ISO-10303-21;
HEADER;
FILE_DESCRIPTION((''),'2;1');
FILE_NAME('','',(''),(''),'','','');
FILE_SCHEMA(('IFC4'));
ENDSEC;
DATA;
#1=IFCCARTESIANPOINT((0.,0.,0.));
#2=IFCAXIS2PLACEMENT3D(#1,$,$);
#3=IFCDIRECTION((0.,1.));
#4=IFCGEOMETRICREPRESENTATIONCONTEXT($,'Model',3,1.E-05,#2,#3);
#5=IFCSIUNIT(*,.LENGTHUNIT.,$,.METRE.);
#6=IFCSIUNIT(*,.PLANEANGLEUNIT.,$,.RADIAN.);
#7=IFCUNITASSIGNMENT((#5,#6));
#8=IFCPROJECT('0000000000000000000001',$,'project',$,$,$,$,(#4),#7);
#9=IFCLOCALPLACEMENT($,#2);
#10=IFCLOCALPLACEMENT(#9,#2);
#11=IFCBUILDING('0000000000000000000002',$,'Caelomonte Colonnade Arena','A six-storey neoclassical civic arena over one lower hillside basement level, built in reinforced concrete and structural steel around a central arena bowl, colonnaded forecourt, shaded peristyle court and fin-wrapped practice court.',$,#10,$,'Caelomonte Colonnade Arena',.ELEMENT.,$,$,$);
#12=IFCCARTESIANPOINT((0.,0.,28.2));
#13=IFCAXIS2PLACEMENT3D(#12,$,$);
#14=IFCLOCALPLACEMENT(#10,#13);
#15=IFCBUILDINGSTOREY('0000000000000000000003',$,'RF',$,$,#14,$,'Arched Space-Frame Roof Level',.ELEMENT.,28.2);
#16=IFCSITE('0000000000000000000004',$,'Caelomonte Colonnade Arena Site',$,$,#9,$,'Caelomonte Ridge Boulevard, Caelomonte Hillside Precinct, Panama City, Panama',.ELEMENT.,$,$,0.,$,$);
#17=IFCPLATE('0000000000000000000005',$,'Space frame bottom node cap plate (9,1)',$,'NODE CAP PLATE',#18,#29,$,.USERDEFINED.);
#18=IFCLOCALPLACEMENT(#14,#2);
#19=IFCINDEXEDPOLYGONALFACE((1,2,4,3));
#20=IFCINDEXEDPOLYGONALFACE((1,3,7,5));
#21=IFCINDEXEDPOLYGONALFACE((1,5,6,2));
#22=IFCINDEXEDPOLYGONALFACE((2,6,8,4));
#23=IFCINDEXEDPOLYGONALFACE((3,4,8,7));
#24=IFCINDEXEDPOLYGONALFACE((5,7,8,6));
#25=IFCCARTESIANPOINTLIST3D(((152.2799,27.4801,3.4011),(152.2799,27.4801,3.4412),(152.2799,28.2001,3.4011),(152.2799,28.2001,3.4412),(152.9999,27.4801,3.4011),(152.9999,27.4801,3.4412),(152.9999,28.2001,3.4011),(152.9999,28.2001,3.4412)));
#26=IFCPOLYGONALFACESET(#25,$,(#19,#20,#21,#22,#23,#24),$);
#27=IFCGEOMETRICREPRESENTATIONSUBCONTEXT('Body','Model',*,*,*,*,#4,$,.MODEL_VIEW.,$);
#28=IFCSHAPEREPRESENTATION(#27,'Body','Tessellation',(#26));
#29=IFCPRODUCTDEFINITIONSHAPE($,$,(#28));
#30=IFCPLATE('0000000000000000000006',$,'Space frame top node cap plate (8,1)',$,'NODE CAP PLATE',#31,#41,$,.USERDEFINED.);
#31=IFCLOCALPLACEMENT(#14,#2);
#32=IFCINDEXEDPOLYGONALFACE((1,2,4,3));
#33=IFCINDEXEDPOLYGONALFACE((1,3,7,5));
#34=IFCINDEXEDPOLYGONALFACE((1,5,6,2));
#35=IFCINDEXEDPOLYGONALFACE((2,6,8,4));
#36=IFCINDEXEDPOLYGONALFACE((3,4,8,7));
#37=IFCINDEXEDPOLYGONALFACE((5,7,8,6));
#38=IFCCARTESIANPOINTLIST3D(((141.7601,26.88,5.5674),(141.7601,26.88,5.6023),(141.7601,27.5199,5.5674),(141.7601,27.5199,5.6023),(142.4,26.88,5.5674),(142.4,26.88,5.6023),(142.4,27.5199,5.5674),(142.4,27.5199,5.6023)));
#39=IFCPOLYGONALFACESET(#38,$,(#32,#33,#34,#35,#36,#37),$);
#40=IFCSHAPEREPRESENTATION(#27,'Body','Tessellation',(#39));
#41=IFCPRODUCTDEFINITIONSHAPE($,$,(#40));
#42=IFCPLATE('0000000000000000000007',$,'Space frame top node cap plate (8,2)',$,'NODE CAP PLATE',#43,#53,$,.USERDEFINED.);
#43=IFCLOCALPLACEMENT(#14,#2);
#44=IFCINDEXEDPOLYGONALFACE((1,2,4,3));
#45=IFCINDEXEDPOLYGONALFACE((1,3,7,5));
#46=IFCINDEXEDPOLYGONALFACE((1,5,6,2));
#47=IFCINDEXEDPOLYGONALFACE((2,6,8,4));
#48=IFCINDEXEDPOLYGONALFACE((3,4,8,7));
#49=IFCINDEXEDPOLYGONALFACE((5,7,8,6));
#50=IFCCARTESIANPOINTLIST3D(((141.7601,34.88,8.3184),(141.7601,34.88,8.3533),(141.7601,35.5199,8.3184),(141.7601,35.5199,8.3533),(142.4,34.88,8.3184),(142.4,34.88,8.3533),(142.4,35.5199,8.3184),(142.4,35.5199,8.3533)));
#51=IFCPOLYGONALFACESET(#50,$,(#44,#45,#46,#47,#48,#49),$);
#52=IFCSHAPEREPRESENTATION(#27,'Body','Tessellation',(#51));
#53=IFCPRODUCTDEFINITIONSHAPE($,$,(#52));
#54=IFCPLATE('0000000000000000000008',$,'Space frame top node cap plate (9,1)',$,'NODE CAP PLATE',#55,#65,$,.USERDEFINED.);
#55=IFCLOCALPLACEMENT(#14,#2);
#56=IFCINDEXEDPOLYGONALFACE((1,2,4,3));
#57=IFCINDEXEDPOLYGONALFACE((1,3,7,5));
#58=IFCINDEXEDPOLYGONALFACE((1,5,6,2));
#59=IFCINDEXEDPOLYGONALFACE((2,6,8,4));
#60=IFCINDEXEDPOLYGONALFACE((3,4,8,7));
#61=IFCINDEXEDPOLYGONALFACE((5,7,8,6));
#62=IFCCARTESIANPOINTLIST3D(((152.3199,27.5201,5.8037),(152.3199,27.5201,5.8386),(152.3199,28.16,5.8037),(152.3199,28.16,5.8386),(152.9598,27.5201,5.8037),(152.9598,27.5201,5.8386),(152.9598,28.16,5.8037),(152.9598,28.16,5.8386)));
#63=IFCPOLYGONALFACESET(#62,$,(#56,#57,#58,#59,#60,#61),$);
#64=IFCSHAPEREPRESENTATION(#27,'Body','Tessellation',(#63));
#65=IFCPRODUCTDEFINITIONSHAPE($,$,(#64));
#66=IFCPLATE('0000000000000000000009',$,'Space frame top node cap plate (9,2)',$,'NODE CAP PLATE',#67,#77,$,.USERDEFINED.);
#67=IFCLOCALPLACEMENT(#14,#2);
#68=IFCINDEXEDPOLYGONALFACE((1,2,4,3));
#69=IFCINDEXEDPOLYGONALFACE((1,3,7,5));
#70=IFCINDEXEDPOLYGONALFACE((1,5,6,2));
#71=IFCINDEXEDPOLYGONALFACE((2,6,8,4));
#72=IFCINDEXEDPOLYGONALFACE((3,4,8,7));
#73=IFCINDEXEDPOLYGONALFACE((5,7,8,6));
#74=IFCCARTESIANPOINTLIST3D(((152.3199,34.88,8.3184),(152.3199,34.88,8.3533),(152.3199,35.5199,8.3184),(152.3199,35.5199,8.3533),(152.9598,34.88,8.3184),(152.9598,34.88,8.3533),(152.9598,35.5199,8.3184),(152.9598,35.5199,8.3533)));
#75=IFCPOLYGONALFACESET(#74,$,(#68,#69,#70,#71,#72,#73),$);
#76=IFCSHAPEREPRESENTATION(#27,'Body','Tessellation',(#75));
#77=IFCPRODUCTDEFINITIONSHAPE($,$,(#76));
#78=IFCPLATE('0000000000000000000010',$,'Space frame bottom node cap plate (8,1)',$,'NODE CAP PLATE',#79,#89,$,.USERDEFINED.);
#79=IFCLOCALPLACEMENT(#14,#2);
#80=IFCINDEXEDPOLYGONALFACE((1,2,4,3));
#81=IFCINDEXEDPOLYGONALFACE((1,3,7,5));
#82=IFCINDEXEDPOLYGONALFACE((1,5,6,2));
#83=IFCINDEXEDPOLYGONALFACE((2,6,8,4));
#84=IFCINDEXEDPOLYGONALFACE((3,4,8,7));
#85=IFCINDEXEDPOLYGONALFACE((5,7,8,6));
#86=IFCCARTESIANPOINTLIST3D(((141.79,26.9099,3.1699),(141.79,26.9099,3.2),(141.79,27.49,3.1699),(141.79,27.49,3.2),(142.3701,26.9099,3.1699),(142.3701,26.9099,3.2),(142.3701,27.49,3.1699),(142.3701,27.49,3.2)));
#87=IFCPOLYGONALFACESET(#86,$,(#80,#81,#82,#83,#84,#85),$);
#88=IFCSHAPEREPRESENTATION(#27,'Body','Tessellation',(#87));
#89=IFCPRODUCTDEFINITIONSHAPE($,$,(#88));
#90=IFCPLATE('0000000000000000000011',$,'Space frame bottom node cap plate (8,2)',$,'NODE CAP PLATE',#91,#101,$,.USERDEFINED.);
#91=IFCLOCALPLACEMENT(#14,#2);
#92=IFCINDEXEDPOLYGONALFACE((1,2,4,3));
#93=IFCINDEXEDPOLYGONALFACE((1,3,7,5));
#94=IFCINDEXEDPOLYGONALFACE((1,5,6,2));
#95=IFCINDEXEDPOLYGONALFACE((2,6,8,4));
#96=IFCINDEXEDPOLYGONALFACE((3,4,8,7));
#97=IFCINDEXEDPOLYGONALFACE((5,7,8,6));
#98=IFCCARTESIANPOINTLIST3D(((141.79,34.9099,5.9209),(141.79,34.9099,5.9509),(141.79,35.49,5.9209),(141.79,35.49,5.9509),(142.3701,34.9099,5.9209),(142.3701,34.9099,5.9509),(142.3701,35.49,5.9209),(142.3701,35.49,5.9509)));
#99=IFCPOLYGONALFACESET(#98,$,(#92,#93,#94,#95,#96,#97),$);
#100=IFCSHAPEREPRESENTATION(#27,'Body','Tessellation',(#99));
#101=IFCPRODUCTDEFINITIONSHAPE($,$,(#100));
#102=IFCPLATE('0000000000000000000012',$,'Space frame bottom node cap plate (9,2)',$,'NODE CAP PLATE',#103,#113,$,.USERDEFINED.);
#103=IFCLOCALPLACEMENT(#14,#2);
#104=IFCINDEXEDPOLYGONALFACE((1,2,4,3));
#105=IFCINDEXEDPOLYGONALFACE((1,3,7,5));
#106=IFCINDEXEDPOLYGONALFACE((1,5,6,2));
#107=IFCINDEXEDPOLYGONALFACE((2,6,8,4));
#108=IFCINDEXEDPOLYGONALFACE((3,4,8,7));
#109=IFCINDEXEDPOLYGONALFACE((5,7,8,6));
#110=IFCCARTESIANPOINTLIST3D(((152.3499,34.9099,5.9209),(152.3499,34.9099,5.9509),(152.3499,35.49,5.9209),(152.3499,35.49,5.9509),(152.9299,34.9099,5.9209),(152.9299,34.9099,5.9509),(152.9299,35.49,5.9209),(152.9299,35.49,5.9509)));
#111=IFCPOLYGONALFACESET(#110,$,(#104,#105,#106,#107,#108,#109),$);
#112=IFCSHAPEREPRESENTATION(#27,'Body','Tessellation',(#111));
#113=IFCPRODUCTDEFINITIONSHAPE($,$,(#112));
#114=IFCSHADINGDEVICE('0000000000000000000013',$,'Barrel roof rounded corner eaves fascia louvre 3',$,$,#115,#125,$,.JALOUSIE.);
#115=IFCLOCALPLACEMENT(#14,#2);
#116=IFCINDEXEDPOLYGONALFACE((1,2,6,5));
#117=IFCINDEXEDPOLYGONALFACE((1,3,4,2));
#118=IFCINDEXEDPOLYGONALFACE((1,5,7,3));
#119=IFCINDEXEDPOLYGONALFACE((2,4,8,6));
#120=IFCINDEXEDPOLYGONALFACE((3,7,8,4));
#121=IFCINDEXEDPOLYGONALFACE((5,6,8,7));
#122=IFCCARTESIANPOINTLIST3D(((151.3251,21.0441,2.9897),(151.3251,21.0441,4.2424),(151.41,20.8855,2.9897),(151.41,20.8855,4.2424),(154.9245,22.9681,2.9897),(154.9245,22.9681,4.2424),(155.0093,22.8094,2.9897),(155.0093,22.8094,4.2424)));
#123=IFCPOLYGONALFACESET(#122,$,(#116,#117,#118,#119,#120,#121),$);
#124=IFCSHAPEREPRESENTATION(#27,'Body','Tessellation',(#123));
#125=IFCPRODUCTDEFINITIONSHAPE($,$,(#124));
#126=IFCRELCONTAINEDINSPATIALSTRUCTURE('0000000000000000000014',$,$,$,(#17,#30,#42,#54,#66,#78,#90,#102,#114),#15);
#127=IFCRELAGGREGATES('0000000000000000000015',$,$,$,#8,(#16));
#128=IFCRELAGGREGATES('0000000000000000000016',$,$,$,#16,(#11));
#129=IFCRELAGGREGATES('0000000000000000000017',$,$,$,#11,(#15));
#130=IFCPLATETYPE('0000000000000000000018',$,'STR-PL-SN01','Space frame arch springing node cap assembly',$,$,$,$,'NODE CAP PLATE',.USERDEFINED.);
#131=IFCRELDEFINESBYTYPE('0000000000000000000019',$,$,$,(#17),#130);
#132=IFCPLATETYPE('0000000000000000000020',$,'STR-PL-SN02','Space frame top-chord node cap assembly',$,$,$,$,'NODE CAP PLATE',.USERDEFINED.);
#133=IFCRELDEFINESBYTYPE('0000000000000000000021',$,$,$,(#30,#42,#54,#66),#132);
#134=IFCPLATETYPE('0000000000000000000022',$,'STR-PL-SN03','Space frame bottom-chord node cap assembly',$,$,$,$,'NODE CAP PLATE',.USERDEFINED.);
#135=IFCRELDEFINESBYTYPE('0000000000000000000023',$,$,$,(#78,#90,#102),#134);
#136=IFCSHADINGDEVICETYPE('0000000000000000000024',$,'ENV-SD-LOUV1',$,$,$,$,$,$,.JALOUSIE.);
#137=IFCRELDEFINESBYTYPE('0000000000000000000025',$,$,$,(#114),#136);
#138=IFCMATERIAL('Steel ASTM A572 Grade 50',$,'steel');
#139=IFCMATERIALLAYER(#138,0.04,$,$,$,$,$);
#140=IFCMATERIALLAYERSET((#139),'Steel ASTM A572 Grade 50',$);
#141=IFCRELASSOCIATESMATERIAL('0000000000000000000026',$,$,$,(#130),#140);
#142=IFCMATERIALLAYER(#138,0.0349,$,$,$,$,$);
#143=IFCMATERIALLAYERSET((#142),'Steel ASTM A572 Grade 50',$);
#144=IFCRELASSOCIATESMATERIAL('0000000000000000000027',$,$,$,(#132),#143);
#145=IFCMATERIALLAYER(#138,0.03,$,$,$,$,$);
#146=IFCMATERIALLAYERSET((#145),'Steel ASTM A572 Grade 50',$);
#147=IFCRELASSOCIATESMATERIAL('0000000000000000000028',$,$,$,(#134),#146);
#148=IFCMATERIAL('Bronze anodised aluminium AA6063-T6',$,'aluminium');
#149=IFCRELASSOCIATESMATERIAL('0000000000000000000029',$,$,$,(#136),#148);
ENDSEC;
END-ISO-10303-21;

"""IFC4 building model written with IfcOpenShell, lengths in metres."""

from ifc_helpers import new_model, si_unit, direction, frame, origin, origin_2d, place, context, subcontext, project, spatial, rectangle, extrude, material, layer, layer_set, type_object, element, save


model = new_model("IFC4")

# Units and contexts
model_context = context("Model", 3, precision=1e-05, world=origin(), true_north=direction((0.0, 1.0)))
body_context = subcontext(model_context, "Body", "Model", "MODEL_VIEW")
ifc_project = project(units=[si_unit("LENGTHUNIT", "METRE"), si_unit("PLANEANGLEUNIT", "RADIAN")], contexts=[model_context])

# Site, building, storey
site_placement = place(None, origin())
site = spatial("IfcSite", under=ifc_project, at=site_placement, Name="Caelomonte Colonnade Arena Site", LongName="Caelomonte Ridge Boulevard, Caelomonte Hillside Precinct, Panama City, Panama", CompositionType="ELEMENT", RefElevation=0.0)
building_placement = place(site_placement, origin())
building = spatial("IfcBuilding", under=site, at=building_placement, Name="Caelomonte Colonnade Arena", Description="A six-storey neoclassical civic arena over one lower hillside basement level, built in reinforced concrete and structural steel around a central arena bowl, colonnaded forecourt, shaded peristyle court and fin-wrapped practice court.", LongName="Caelomonte Colonnade Arena", CompositionType="ELEMENT")
storey_placement = place(building_placement, frame((0.0, 0.0, 28.2)))
storey = spatial("IfcBuildingStorey", under=building, at=storey_placement, Name="RF", LongName="Arched Space-Frame Roof Level", CompositionType="ELEMENT", Elevation=28.2)

# Shared definitions
ifc_material_1 = material(Name="Bronze anodised aluminium AA6063-T6", Category="aluminium")

# Plates
ifc_material_2 = material(Name="Steel ASTM A572 Grade 50", Category="steel")
ifc_layer_1 = layer(ifc_material_2, 0.04)
ifc_layer_set_1 = layer_set([ifc_layer_1], Name="Steel ASTM A572 Grade 50")
plate_type_1 = type_object("IfcPlateType", Name="STR-PL-SN01", Description="Space frame arch springing node cap assembly", ElementType="NODE CAP PLATE", PredefinedType="USERDEFINED", material=ifc_layer_set_1)
plate_1_placement = place(storey_placement, frame((152.6399, 27.8401, 3.4011), z_axis=(0.0, 0.0, 1.0), x_axis=(1.0, 0.0, 0.0)))
element("IfcPlate", 1, at=plate_1_placement, inside=storey, type_object=plate_type_1, Name="Space frame bottom node cap plate (9,1)", ObjectType="NODE CAP PLATE", PredefinedType="USERDEFINED", context=body_context, shape_type="SweptSolid", body=[
    extrude(rectangle(XDim=0.72, YDim=0.72, at=origin_2d()), origin(), (0.0, 0.0, 1.0), 0.04),
])
ifc_layer_2 = layer(ifc_material_2, 0.0349)
ifc_layer_set_2 = layer_set([ifc_layer_2], Name="Steel ASTM A572 Grade 50")
plate_type_2 = type_object("IfcPlateType", Name="STR-PL-SN02", Description="Space frame top-chord node cap assembly", ElementType="NODE CAP PLATE", PredefinedType="USERDEFINED", material=ifc_layer_set_2)
for number, where, z_axis, x_axis, name in (
    (2, (142.0801, 27.2, 5.5674), (0.0, 0.0, 1.0), (1.0, 0.0, 0.0), "Space frame top node cap plate (8,1)"),
    (3, (142.0801, 35.2, 8.3184), (0.0, 0.0, 1.0), (1.0, 0.0, 0.0), "Space frame top node cap plate (8,2)"),
    (4, (152.6399, 27.8401, 5.8037), (0.0, 0.0, 1.0), (1.0, 0.0, 0.0), "Space frame top node cap plate (9,1)"),
    (5, (152.6399, 35.2, 8.3184), (0.0, 0.0, 1.0), (1.0, 0.0, 0.0), "Space frame top node cap plate (9,2)"),
):
    element("IfcPlate", number, at=place(storey_placement, frame(where, z_axis=z_axis, x_axis=x_axis)), inside=storey, type_object=plate_type_2, Name=name, ObjectType="NODE CAP PLATE", PredefinedType="USERDEFINED", context=body_context, shape_type="SweptSolid", body=[
        extrude(rectangle(XDim=0.6399, YDim=0.6399, at=origin_2d()), origin(), (0.0, 0.0, 1.0), 0.0349),
    ])
ifc_layer_3 = layer(ifc_material_2, 0.03)
ifc_layer_set_3 = layer_set([ifc_layer_3], Name="Steel ASTM A572 Grade 50")
plate_type_3 = type_object("IfcPlateType", Name="STR-PL-SN03", Description="Space frame bottom-chord node cap assembly", ElementType="NODE CAP PLATE", PredefinedType="USERDEFINED", material=ifc_layer_set_3)
for number, where, z_axis, x_axis, name in (
    (6, (142.0801, 27.2, 3.1699), (0.0, 0.0, 1.0), (1.0, 0.0, 0.0), "Space frame bottom node cap plate (8,1)"),
    (7, (142.0801, 35.2, 5.9209), (0.0, 0.0, 1.0), (1.0, 0.0, 0.0), "Space frame bottom node cap plate (8,2)"),
    (8, (152.6399, 35.2, 5.9209), (0.0, 0.0, 1.0), (1.0, 0.0, 0.0), "Space frame bottom node cap plate (9,2)"),
):
    element("IfcPlate", number, at=place(storey_placement, frame(where, z_axis=z_axis, x_axis=x_axis)), inside=storey, type_object=plate_type_3, Name=name, ObjectType="NODE CAP PLATE", PredefinedType="USERDEFINED", context=body_context, shape_type="SweptSolid", body=[
        extrude(rectangle(XDim=0.5801, YDim=0.5801, at=origin_2d()), origin(), (0.0, 0.0, 1.0), 0.03),
    ])

# Shading device
shading_device_type = type_object("IfcShadingDeviceType", Name="ENV-SD-LOUV1", PredefinedType="JALOUSIE", material=ifc_material_1)
shading_device_placement = place(storey_placement, frame((153.1672, 21.9268, 2.9897), z_axis=(0.0, 0.0, 1.0), x_axis=(0.881919, 0.471401, 0.0)))
element("IfcShadingDevice", 9, at=shading_device_placement, inside=storey, type_object=shading_device_type, Name="Barrel roof rounded corner eaves fascia louvre 3", PredefinedType="JALOUSIE", context=body_context, shape_type="SweptSolid", body=[
    extrude(rectangle(XDim=4.0813, YDim=0.1799, at=origin_2d()), origin(), (0.0, 0.0, 1.0), 1.2527),
])

save(model, "model.ifc")
